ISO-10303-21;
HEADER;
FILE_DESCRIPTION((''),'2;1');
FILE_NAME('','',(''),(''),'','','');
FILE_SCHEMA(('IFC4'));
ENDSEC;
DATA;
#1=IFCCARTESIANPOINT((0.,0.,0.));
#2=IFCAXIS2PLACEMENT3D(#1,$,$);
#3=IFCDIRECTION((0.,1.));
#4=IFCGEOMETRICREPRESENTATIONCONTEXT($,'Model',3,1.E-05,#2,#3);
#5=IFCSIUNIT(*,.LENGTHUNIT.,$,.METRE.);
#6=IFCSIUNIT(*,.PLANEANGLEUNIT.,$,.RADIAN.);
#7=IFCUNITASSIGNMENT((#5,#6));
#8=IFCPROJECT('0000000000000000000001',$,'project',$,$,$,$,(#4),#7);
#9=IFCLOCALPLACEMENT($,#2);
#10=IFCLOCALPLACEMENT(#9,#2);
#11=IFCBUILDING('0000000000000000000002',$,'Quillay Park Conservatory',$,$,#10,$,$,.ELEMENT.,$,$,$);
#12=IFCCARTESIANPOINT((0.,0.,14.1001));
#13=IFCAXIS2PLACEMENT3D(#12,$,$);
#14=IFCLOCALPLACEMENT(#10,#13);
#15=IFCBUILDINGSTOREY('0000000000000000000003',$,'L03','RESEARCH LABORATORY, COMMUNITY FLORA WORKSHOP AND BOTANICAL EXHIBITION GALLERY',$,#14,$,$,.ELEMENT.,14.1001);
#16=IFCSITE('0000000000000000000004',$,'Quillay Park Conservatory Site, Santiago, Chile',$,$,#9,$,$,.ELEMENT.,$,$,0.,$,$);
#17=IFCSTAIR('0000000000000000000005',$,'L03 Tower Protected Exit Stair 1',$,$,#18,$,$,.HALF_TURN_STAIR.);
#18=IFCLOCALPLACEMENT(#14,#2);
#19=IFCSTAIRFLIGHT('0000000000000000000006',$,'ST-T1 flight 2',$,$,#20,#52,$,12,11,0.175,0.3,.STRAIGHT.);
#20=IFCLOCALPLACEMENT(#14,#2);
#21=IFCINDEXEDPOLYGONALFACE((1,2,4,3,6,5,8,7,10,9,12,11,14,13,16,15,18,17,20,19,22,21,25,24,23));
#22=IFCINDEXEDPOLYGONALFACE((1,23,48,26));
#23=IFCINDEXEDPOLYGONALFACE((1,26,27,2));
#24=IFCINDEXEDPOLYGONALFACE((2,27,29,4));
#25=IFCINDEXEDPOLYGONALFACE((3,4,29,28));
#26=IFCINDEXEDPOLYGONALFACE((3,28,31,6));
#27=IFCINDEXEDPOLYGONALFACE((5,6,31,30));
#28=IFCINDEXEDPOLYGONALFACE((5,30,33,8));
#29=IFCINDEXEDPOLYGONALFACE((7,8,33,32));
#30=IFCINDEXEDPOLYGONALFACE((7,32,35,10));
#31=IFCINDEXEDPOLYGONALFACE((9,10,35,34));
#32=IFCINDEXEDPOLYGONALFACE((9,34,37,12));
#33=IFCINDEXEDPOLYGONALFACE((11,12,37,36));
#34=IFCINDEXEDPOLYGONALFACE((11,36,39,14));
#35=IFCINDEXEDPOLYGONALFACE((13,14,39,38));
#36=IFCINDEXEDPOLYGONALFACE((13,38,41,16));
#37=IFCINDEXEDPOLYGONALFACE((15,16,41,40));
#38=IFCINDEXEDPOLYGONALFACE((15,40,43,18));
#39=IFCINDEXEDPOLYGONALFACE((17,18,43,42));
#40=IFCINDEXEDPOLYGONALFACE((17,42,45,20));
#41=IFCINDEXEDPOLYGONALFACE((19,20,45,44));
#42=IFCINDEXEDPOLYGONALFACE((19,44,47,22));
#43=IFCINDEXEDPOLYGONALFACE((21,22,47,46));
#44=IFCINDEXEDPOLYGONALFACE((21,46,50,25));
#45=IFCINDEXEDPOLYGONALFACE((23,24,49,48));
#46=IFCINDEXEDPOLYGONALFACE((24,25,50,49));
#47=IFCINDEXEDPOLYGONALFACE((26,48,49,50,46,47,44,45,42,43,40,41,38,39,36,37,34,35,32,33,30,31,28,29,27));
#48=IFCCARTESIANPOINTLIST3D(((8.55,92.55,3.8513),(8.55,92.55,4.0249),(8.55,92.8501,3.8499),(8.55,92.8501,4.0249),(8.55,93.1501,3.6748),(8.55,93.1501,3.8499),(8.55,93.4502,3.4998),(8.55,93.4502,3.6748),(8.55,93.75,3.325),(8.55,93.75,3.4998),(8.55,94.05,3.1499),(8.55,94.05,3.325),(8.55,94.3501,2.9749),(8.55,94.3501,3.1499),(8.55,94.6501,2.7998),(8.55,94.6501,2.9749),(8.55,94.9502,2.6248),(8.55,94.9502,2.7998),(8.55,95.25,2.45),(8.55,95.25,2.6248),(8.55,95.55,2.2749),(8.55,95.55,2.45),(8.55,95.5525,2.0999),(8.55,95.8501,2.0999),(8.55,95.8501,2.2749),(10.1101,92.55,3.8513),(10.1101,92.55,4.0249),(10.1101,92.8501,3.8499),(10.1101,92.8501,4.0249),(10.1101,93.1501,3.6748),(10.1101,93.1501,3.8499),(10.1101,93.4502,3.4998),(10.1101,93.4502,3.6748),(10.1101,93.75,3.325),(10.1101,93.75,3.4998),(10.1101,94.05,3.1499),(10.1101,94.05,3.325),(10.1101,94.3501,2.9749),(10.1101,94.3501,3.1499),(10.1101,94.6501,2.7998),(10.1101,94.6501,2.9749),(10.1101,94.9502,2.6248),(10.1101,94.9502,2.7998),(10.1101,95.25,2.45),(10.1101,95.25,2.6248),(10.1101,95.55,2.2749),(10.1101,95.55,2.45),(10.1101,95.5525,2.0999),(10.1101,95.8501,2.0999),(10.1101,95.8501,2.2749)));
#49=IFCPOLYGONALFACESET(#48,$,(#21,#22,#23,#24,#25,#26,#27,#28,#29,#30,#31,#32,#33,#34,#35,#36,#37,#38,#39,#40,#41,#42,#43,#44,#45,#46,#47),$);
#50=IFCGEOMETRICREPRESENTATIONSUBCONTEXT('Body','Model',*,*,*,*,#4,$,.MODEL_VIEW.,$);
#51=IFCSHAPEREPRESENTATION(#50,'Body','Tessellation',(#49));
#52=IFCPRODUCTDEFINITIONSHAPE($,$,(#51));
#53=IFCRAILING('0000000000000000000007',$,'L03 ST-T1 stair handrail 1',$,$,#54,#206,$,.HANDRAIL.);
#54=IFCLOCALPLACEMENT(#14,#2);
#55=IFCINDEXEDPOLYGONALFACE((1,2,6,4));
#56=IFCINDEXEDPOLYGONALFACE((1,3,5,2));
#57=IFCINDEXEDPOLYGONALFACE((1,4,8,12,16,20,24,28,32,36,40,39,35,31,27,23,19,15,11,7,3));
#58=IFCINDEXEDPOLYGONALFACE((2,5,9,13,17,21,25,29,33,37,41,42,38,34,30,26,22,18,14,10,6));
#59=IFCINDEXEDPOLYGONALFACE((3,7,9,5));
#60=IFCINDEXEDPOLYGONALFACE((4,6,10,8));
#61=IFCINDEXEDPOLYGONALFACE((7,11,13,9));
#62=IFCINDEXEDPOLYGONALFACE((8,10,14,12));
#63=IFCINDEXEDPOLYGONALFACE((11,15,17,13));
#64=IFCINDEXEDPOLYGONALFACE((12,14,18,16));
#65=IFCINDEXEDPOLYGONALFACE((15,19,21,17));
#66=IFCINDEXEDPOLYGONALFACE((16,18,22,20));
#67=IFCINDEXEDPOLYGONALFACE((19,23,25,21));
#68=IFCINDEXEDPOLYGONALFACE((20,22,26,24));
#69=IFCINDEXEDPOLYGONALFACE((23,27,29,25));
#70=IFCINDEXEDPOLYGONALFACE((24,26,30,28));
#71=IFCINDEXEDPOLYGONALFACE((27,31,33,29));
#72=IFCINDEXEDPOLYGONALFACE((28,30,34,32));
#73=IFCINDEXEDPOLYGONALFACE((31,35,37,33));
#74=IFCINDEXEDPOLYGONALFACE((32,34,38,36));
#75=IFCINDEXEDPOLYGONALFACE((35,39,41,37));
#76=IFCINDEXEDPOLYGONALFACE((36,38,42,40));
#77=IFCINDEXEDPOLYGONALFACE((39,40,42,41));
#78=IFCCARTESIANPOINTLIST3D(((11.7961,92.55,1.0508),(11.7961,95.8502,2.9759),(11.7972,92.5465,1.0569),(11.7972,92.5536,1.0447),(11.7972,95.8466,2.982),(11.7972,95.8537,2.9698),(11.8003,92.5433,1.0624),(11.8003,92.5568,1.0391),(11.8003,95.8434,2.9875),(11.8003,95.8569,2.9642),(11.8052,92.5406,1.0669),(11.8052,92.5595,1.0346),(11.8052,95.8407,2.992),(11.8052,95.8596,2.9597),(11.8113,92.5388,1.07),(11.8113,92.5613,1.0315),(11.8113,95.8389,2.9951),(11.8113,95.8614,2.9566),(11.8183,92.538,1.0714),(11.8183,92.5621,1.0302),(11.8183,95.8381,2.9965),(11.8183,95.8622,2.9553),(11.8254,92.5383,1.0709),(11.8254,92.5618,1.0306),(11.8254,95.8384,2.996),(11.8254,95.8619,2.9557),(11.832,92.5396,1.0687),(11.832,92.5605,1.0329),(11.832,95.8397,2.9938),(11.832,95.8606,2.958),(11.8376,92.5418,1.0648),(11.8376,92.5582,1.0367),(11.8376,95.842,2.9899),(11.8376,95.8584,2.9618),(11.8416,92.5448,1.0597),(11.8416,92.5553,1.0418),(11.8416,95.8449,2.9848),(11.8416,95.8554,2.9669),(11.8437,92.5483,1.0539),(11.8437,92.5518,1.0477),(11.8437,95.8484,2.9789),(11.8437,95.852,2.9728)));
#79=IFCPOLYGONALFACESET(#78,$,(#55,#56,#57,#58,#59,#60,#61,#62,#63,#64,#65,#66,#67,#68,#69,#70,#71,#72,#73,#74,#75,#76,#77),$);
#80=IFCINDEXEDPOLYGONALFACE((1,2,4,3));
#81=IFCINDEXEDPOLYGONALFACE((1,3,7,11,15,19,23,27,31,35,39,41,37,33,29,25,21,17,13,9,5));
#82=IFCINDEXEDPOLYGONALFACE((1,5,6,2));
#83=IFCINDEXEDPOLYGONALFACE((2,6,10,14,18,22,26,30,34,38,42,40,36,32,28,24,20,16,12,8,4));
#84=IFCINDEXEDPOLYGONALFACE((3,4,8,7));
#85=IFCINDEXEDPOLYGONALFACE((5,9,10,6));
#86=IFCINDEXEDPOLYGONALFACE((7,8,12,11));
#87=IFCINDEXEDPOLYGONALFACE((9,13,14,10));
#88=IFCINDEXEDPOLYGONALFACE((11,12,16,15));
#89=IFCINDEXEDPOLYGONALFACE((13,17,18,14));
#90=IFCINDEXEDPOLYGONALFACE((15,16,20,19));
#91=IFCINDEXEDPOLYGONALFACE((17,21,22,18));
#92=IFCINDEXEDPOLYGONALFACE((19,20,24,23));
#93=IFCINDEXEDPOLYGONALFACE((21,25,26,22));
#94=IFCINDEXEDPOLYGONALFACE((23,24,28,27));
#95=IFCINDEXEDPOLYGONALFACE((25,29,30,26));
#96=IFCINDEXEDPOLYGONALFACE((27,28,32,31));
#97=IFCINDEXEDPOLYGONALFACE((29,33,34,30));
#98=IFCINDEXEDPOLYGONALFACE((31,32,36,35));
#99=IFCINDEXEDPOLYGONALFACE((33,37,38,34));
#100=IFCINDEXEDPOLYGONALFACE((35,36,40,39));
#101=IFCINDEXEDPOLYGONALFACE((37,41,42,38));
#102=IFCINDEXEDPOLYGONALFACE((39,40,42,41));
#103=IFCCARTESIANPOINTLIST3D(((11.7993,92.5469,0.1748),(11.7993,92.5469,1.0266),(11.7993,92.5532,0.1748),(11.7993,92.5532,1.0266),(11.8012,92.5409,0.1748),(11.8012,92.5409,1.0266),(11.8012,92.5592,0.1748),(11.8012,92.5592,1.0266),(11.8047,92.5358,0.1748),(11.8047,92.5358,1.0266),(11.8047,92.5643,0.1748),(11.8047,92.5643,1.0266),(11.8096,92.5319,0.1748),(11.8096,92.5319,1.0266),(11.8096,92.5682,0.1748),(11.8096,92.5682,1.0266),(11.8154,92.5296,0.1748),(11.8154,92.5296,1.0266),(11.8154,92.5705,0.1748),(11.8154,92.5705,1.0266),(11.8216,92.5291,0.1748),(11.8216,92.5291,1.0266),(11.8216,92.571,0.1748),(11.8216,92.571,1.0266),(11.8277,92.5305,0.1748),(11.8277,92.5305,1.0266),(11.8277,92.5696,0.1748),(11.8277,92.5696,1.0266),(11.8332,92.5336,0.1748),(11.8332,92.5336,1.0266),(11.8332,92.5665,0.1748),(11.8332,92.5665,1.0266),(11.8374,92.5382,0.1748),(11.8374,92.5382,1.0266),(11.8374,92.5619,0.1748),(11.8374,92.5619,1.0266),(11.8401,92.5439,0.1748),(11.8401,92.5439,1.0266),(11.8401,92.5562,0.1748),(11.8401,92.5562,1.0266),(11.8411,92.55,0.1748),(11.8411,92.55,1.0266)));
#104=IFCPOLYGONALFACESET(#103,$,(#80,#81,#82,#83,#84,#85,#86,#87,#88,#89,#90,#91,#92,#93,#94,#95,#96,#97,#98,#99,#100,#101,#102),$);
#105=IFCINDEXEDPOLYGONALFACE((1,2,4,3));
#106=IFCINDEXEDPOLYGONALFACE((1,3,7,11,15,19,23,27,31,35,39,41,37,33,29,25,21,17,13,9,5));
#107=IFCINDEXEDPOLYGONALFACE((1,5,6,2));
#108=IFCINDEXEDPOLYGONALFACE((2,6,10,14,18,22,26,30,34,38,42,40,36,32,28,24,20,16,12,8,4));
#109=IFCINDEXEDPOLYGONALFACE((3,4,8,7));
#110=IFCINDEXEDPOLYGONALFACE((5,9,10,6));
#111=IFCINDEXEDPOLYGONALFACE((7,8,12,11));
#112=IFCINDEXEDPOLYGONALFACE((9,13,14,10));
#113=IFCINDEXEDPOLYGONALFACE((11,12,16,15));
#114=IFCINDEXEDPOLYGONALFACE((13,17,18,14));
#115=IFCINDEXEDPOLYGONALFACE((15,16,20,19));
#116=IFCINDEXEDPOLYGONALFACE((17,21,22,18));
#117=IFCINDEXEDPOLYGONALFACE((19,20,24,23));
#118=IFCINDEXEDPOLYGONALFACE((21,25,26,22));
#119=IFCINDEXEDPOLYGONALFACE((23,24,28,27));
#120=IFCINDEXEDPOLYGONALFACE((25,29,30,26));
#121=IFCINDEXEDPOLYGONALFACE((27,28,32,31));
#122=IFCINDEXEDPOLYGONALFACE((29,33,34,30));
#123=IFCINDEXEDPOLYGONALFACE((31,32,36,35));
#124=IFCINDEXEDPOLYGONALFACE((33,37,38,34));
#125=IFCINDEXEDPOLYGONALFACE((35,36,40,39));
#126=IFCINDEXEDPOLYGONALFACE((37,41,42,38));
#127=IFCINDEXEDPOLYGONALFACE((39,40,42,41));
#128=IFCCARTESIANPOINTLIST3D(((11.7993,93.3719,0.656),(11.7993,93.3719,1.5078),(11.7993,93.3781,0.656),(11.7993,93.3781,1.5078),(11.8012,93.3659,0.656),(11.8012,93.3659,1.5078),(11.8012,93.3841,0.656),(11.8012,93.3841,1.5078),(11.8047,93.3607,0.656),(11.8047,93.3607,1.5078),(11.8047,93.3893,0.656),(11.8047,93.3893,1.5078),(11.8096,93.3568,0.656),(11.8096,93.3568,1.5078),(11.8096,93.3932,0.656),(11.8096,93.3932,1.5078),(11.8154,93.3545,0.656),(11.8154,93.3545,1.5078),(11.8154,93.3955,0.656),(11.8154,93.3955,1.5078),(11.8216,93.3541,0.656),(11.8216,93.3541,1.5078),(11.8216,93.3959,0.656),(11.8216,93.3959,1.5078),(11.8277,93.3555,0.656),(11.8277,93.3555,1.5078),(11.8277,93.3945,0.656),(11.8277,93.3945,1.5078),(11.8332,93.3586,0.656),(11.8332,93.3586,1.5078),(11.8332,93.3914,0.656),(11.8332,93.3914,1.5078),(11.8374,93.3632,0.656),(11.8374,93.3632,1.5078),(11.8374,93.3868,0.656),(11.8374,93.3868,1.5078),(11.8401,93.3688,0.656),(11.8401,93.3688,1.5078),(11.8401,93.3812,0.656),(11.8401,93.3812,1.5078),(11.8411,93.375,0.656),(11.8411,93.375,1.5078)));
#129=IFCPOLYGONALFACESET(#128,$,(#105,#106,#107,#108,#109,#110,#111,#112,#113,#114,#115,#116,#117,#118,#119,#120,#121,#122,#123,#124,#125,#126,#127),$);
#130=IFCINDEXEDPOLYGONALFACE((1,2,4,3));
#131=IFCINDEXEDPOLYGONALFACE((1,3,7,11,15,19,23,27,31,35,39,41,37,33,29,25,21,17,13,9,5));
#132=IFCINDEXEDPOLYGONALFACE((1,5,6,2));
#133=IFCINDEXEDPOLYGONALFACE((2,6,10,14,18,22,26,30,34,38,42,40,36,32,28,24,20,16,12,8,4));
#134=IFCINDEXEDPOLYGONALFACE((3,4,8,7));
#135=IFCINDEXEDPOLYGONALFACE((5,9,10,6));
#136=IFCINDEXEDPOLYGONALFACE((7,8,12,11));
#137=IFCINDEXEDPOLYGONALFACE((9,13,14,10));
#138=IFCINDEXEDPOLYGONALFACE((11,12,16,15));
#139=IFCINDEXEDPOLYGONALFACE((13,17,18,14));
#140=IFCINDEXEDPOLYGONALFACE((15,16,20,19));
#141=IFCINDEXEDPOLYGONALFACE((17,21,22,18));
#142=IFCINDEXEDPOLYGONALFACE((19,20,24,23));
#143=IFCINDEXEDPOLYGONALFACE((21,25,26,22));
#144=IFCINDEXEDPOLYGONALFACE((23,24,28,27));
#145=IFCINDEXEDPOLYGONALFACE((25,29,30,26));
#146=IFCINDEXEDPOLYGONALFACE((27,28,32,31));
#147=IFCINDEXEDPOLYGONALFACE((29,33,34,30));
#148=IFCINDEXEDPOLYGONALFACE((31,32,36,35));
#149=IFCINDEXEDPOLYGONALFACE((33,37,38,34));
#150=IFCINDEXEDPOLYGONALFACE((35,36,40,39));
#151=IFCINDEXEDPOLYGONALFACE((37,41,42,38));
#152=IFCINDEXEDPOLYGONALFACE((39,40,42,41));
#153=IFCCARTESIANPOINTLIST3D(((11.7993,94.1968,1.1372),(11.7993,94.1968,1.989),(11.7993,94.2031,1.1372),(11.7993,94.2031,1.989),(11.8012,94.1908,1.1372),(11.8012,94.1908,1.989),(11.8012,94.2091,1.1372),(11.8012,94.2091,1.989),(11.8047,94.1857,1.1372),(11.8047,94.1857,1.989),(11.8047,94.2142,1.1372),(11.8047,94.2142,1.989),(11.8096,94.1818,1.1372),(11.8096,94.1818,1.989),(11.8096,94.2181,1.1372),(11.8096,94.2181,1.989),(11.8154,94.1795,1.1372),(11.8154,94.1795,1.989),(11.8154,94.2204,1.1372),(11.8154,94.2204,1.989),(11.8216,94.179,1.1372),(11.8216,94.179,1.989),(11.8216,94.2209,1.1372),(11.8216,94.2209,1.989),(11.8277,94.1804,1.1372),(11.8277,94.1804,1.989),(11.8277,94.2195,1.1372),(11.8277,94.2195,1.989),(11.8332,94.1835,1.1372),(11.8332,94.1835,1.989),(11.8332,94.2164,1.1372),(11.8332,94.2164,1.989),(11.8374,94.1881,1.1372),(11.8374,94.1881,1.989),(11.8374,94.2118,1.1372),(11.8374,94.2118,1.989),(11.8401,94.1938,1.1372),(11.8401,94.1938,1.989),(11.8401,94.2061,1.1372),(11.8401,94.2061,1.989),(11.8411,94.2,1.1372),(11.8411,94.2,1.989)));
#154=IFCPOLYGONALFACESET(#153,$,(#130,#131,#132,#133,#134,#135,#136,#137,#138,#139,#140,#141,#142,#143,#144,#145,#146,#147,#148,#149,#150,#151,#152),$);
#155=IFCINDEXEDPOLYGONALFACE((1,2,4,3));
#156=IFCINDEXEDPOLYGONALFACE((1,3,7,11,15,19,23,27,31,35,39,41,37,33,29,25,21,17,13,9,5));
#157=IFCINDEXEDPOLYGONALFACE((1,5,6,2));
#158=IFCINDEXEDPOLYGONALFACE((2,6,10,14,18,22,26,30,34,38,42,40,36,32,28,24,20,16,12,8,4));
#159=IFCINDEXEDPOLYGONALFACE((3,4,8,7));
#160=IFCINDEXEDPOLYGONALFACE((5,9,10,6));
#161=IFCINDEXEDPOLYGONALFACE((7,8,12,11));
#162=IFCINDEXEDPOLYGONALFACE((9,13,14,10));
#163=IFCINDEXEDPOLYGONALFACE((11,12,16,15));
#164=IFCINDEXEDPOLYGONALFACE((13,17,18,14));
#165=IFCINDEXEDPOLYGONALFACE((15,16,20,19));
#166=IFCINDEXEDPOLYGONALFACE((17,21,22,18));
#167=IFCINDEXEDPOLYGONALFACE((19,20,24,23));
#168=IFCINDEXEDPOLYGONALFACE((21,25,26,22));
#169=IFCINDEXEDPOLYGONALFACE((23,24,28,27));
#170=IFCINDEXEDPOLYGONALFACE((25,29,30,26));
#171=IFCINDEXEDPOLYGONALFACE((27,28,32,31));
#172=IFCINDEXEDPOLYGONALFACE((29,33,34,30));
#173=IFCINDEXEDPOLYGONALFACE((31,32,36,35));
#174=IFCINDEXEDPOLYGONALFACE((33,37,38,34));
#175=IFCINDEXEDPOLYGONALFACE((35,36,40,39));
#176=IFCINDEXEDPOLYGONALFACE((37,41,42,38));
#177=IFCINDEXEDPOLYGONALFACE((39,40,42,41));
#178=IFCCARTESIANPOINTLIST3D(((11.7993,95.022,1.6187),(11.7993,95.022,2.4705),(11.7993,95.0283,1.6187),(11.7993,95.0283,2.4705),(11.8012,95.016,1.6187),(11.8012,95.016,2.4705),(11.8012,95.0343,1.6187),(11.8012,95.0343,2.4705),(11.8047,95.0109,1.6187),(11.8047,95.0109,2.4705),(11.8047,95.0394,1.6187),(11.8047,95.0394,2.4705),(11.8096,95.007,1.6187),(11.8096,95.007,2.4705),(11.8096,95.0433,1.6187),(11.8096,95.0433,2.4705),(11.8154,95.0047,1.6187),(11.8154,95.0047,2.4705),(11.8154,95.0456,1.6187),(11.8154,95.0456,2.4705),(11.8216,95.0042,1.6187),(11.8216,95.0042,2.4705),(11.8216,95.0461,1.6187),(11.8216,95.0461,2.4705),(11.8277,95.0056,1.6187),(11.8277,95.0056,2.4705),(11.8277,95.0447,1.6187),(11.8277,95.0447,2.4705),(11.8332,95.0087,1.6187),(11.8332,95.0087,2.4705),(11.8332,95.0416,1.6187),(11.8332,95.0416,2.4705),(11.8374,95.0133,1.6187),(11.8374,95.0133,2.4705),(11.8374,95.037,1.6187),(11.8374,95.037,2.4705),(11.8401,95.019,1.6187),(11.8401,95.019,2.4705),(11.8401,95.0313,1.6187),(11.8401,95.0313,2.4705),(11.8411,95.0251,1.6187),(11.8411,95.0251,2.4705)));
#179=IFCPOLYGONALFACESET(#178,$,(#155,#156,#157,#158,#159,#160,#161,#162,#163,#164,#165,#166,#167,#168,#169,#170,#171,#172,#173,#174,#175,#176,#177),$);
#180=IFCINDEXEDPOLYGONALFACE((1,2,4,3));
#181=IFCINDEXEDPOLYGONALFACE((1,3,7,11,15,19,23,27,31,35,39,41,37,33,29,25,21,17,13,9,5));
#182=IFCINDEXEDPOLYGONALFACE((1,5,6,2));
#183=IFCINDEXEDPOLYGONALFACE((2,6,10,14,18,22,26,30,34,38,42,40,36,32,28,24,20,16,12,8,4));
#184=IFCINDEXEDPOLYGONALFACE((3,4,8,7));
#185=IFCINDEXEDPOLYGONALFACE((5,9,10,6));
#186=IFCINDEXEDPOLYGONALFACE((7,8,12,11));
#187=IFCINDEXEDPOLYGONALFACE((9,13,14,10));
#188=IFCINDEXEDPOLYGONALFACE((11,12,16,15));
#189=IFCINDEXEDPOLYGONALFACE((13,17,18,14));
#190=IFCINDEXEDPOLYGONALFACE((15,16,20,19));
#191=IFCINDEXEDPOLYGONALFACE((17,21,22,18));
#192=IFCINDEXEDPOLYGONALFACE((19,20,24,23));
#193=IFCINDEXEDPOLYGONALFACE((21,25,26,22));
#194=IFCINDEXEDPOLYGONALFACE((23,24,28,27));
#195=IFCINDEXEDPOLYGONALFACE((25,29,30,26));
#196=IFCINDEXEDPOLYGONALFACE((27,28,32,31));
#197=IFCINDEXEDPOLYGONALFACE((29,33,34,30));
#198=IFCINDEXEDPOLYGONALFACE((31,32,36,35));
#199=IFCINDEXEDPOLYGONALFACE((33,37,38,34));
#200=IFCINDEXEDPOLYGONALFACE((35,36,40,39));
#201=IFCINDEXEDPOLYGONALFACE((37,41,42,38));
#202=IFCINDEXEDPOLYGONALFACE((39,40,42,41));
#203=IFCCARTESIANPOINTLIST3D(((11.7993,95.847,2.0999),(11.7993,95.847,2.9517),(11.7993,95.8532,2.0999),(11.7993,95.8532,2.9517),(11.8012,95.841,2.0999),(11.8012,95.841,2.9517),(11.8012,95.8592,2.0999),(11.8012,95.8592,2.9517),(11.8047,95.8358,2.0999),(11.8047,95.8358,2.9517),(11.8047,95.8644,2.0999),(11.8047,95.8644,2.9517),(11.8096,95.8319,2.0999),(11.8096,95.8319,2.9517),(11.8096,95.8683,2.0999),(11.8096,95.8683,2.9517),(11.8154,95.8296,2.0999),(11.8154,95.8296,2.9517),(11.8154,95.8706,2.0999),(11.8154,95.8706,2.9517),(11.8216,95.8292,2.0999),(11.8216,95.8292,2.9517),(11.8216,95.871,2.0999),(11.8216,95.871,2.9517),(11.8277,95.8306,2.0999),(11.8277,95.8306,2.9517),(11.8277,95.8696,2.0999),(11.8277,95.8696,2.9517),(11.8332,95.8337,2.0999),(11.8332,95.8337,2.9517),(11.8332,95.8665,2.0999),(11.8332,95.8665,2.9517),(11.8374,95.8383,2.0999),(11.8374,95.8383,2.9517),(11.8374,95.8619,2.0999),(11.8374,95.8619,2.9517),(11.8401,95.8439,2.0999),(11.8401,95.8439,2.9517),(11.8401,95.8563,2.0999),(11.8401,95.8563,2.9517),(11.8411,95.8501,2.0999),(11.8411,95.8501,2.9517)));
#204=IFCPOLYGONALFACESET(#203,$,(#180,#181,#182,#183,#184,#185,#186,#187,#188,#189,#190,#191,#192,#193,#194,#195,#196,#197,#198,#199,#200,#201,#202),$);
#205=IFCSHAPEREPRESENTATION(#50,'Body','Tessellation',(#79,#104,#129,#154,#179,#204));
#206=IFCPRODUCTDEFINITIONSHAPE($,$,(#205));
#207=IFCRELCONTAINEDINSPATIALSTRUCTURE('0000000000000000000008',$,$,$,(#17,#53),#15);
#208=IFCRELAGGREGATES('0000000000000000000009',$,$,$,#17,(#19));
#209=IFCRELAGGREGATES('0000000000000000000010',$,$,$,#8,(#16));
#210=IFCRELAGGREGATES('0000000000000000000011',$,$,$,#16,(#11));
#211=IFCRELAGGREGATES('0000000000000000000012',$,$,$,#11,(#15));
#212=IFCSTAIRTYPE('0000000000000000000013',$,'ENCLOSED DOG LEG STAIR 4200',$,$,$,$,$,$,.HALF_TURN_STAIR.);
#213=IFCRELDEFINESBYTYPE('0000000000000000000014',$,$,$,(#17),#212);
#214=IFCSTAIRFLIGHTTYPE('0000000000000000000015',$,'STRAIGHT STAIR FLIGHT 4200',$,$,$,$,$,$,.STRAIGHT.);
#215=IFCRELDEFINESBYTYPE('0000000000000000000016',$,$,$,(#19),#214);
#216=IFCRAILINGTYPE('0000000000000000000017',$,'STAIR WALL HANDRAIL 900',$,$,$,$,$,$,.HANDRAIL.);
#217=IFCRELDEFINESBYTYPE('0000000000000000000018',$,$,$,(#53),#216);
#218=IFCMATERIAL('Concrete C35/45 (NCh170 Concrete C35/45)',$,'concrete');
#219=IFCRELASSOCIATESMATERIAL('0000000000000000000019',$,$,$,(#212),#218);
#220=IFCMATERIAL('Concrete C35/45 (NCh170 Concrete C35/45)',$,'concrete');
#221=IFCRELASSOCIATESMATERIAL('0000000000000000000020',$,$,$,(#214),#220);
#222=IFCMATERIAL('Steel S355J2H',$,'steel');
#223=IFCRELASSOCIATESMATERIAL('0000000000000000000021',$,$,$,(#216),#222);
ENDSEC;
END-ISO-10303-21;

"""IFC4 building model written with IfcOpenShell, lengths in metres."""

from ifc_helpers import new_model, si_unit, direction, frame, origin, origin_2d, place, context, subcontext, project, spatial, polyline, circle, outline, extrude, material, type_object, element, aggregate, save


model = new_model("IFC4")

# Units and contexts
model_context = context("Model", 3, precision=1e-05, world=origin(), true_north=direction((0.0, 1.0)))
body_context = subcontext(model_context, "Body", "Model", "MODEL_VIEW")
ifc_project = project(units=[si_unit("LENGTHUNIT", "METRE"), si_unit("PLANEANGLEUNIT", "RADIAN")], contexts=[model_context])

# Site, building, storey
site_placement = place(None, origin())
site = spatial("IfcSite", under=ifc_project, at=site_placement, Name="Quillay Park Conservatory Site, Santiago, Chile", CompositionType="ELEMENT", RefElevation=0.0)
building_placement = place(site_placement, origin())
building = spatial("IfcBuilding", under=site, at=building_placement, Name="Quillay Park Conservatory", CompositionType="ELEMENT")
storey_placement = place(building_placement, frame((0.0, 0.0, 14.1001)))
storey = spatial("IfcBuildingStorey", under=building, at=storey_placement, Name="L03", Description="RESEARCH LABORATORY, COMMUNITY FLORA WORKSHOP AND BOTANICAL EXHIBITION GALLERY", CompositionType="ELEMENT", Elevation=14.1001)

# Stair, stair flight
ifc_material_1 = material(Name="Concrete C35/45 (NCh170 Concrete C35/45)", Category="concrete")
stair_type = type_object("IfcStairType", Name="ENCLOSED DOG LEG STAIR 4200", PredefinedType="HALF_TURN_STAIR", material=ifc_material_1)
stair_placement = place(storey_placement, origin())
stair = element("IfcStair", 1, at=stair_placement, inside=storey, type_object=stair_type, Name="L03 Tower Protected Exit Stair 1", PredefinedType="HALF_TURN_STAIR")
ifc_material_2 = material(Name="Concrete C35/45 (NCh170 Concrete C35/45)", Category="concrete")
stair_flight_type = type_object("IfcStairFlightType", Name="STRAIGHT STAIR FLIGHT 4200", PredefinedType="STRAIGHT", material=ifc_material_2)
stair_flight_1_placement = place(storey_placement, frame((9.3301, 95.8501, 2.0999), z_axis=(0.0, 0.0, 1.0), x_axis=(0.0, -1.0, 0.0)))
stair_flight_1 = element("IfcStairFlight", 2, at=stair_flight_1_placement, type_object=stair_flight_type, Name="ST-T1 flight 2", NumberOfRisers=12, NumberOfTreads=11, PredefinedType="STRAIGHT", RiserHeight=0.175, TreadLength=0.3, context=body_context, shape_type="SweptSolid", body=[
    extrude(outline(polyline([(0.0, 0.0), (0.0, 0.175), (0.3, 0.175), (0.3, 0.3501), (0.6001, 0.3501), (0.6001, 0.5249), (0.8999, 0.5249), (0.8999, 0.7), (1.2, 0.7), (1.2, 0.875), (1.5, 0.875), (1.5, 1.05), (1.8, 1.05), (1.8, 1.2251), (2.1001, 1.2251), (2.1001, 1.3999), (2.3999, 1.3999), (2.3999, 1.575), (2.7, 1.575), (2.7, 1.75), (3.0, 1.75), (3.0, 1.925), (3.3, 1.925), (3.3, 2.1001), (3.3, 1.7515), (0.2976, 0.0), (0.0, 0.0)])), frame((0.0, 0.78, 0.0), z_axis=(0.0, -1.0, 0.0), x_axis=(1.0, 0.0, 0.0)), (0.0, 0.0, 1.0), 1.5601),
])
aggregate(stair, [stair_flight_1])

# Railing
ifc_material_3 = material(Name="Steel S355J2H", Category="steel")
railing_type_1 = type_object("IfcRailingType", Name="STAIR WALL HANDRAIL 900", PredefinedType="HANDRAIL", material=ifc_material_3)
railing_1_placement = place(storey_placement, frame((11.8201, 92.55, 0.1748)))
element("IfcRailing", 3, at=railing_1_placement, inside=storey, type_object=railing_type_1, Name="L03 ST-T1 stair handrail 1", PredefinedType="HANDRAIL", context=body_context, shape_type="SweptSolid", body=[
    extrude(circle(Radius=0.0239, at=origin_2d()), frame((0.0, 0.0, 0.876), z_axis=(0.0, 0.863777, 0.503875), x_axis=(-1.0, 0.0, 0.0)), (0.0, 0.0, 1.0), 3.8206),
    extrude(circle(Radius=0.021, at=origin_2d()), origin(), (0.0, 0.0, 1.0), 0.8518),
    extrude(circle(Radius=0.021, at=origin_2d()), frame((0.0, 0.825, 0.4812)), (0.0, 0.0, 1.0), 0.8518),
    extrude(circle(Radius=0.021, at=origin_2d()), frame((0.0, 1.6499, 0.9624)), (0.0, 0.0, 1.0), 0.8518),
    extrude(circle(Radius=0.021, at=origin_2d()), frame((0.0, 2.4751, 1.4438)), (0.0, 0.0, 1.0), 0.8518),
    extrude(circle(Radius=0.021, at=origin_2d()), frame((0.0, 3.3, 1.925)), (0.0, 0.0, 1.0), 0.8518),
])

save(model, "model.ifc")
